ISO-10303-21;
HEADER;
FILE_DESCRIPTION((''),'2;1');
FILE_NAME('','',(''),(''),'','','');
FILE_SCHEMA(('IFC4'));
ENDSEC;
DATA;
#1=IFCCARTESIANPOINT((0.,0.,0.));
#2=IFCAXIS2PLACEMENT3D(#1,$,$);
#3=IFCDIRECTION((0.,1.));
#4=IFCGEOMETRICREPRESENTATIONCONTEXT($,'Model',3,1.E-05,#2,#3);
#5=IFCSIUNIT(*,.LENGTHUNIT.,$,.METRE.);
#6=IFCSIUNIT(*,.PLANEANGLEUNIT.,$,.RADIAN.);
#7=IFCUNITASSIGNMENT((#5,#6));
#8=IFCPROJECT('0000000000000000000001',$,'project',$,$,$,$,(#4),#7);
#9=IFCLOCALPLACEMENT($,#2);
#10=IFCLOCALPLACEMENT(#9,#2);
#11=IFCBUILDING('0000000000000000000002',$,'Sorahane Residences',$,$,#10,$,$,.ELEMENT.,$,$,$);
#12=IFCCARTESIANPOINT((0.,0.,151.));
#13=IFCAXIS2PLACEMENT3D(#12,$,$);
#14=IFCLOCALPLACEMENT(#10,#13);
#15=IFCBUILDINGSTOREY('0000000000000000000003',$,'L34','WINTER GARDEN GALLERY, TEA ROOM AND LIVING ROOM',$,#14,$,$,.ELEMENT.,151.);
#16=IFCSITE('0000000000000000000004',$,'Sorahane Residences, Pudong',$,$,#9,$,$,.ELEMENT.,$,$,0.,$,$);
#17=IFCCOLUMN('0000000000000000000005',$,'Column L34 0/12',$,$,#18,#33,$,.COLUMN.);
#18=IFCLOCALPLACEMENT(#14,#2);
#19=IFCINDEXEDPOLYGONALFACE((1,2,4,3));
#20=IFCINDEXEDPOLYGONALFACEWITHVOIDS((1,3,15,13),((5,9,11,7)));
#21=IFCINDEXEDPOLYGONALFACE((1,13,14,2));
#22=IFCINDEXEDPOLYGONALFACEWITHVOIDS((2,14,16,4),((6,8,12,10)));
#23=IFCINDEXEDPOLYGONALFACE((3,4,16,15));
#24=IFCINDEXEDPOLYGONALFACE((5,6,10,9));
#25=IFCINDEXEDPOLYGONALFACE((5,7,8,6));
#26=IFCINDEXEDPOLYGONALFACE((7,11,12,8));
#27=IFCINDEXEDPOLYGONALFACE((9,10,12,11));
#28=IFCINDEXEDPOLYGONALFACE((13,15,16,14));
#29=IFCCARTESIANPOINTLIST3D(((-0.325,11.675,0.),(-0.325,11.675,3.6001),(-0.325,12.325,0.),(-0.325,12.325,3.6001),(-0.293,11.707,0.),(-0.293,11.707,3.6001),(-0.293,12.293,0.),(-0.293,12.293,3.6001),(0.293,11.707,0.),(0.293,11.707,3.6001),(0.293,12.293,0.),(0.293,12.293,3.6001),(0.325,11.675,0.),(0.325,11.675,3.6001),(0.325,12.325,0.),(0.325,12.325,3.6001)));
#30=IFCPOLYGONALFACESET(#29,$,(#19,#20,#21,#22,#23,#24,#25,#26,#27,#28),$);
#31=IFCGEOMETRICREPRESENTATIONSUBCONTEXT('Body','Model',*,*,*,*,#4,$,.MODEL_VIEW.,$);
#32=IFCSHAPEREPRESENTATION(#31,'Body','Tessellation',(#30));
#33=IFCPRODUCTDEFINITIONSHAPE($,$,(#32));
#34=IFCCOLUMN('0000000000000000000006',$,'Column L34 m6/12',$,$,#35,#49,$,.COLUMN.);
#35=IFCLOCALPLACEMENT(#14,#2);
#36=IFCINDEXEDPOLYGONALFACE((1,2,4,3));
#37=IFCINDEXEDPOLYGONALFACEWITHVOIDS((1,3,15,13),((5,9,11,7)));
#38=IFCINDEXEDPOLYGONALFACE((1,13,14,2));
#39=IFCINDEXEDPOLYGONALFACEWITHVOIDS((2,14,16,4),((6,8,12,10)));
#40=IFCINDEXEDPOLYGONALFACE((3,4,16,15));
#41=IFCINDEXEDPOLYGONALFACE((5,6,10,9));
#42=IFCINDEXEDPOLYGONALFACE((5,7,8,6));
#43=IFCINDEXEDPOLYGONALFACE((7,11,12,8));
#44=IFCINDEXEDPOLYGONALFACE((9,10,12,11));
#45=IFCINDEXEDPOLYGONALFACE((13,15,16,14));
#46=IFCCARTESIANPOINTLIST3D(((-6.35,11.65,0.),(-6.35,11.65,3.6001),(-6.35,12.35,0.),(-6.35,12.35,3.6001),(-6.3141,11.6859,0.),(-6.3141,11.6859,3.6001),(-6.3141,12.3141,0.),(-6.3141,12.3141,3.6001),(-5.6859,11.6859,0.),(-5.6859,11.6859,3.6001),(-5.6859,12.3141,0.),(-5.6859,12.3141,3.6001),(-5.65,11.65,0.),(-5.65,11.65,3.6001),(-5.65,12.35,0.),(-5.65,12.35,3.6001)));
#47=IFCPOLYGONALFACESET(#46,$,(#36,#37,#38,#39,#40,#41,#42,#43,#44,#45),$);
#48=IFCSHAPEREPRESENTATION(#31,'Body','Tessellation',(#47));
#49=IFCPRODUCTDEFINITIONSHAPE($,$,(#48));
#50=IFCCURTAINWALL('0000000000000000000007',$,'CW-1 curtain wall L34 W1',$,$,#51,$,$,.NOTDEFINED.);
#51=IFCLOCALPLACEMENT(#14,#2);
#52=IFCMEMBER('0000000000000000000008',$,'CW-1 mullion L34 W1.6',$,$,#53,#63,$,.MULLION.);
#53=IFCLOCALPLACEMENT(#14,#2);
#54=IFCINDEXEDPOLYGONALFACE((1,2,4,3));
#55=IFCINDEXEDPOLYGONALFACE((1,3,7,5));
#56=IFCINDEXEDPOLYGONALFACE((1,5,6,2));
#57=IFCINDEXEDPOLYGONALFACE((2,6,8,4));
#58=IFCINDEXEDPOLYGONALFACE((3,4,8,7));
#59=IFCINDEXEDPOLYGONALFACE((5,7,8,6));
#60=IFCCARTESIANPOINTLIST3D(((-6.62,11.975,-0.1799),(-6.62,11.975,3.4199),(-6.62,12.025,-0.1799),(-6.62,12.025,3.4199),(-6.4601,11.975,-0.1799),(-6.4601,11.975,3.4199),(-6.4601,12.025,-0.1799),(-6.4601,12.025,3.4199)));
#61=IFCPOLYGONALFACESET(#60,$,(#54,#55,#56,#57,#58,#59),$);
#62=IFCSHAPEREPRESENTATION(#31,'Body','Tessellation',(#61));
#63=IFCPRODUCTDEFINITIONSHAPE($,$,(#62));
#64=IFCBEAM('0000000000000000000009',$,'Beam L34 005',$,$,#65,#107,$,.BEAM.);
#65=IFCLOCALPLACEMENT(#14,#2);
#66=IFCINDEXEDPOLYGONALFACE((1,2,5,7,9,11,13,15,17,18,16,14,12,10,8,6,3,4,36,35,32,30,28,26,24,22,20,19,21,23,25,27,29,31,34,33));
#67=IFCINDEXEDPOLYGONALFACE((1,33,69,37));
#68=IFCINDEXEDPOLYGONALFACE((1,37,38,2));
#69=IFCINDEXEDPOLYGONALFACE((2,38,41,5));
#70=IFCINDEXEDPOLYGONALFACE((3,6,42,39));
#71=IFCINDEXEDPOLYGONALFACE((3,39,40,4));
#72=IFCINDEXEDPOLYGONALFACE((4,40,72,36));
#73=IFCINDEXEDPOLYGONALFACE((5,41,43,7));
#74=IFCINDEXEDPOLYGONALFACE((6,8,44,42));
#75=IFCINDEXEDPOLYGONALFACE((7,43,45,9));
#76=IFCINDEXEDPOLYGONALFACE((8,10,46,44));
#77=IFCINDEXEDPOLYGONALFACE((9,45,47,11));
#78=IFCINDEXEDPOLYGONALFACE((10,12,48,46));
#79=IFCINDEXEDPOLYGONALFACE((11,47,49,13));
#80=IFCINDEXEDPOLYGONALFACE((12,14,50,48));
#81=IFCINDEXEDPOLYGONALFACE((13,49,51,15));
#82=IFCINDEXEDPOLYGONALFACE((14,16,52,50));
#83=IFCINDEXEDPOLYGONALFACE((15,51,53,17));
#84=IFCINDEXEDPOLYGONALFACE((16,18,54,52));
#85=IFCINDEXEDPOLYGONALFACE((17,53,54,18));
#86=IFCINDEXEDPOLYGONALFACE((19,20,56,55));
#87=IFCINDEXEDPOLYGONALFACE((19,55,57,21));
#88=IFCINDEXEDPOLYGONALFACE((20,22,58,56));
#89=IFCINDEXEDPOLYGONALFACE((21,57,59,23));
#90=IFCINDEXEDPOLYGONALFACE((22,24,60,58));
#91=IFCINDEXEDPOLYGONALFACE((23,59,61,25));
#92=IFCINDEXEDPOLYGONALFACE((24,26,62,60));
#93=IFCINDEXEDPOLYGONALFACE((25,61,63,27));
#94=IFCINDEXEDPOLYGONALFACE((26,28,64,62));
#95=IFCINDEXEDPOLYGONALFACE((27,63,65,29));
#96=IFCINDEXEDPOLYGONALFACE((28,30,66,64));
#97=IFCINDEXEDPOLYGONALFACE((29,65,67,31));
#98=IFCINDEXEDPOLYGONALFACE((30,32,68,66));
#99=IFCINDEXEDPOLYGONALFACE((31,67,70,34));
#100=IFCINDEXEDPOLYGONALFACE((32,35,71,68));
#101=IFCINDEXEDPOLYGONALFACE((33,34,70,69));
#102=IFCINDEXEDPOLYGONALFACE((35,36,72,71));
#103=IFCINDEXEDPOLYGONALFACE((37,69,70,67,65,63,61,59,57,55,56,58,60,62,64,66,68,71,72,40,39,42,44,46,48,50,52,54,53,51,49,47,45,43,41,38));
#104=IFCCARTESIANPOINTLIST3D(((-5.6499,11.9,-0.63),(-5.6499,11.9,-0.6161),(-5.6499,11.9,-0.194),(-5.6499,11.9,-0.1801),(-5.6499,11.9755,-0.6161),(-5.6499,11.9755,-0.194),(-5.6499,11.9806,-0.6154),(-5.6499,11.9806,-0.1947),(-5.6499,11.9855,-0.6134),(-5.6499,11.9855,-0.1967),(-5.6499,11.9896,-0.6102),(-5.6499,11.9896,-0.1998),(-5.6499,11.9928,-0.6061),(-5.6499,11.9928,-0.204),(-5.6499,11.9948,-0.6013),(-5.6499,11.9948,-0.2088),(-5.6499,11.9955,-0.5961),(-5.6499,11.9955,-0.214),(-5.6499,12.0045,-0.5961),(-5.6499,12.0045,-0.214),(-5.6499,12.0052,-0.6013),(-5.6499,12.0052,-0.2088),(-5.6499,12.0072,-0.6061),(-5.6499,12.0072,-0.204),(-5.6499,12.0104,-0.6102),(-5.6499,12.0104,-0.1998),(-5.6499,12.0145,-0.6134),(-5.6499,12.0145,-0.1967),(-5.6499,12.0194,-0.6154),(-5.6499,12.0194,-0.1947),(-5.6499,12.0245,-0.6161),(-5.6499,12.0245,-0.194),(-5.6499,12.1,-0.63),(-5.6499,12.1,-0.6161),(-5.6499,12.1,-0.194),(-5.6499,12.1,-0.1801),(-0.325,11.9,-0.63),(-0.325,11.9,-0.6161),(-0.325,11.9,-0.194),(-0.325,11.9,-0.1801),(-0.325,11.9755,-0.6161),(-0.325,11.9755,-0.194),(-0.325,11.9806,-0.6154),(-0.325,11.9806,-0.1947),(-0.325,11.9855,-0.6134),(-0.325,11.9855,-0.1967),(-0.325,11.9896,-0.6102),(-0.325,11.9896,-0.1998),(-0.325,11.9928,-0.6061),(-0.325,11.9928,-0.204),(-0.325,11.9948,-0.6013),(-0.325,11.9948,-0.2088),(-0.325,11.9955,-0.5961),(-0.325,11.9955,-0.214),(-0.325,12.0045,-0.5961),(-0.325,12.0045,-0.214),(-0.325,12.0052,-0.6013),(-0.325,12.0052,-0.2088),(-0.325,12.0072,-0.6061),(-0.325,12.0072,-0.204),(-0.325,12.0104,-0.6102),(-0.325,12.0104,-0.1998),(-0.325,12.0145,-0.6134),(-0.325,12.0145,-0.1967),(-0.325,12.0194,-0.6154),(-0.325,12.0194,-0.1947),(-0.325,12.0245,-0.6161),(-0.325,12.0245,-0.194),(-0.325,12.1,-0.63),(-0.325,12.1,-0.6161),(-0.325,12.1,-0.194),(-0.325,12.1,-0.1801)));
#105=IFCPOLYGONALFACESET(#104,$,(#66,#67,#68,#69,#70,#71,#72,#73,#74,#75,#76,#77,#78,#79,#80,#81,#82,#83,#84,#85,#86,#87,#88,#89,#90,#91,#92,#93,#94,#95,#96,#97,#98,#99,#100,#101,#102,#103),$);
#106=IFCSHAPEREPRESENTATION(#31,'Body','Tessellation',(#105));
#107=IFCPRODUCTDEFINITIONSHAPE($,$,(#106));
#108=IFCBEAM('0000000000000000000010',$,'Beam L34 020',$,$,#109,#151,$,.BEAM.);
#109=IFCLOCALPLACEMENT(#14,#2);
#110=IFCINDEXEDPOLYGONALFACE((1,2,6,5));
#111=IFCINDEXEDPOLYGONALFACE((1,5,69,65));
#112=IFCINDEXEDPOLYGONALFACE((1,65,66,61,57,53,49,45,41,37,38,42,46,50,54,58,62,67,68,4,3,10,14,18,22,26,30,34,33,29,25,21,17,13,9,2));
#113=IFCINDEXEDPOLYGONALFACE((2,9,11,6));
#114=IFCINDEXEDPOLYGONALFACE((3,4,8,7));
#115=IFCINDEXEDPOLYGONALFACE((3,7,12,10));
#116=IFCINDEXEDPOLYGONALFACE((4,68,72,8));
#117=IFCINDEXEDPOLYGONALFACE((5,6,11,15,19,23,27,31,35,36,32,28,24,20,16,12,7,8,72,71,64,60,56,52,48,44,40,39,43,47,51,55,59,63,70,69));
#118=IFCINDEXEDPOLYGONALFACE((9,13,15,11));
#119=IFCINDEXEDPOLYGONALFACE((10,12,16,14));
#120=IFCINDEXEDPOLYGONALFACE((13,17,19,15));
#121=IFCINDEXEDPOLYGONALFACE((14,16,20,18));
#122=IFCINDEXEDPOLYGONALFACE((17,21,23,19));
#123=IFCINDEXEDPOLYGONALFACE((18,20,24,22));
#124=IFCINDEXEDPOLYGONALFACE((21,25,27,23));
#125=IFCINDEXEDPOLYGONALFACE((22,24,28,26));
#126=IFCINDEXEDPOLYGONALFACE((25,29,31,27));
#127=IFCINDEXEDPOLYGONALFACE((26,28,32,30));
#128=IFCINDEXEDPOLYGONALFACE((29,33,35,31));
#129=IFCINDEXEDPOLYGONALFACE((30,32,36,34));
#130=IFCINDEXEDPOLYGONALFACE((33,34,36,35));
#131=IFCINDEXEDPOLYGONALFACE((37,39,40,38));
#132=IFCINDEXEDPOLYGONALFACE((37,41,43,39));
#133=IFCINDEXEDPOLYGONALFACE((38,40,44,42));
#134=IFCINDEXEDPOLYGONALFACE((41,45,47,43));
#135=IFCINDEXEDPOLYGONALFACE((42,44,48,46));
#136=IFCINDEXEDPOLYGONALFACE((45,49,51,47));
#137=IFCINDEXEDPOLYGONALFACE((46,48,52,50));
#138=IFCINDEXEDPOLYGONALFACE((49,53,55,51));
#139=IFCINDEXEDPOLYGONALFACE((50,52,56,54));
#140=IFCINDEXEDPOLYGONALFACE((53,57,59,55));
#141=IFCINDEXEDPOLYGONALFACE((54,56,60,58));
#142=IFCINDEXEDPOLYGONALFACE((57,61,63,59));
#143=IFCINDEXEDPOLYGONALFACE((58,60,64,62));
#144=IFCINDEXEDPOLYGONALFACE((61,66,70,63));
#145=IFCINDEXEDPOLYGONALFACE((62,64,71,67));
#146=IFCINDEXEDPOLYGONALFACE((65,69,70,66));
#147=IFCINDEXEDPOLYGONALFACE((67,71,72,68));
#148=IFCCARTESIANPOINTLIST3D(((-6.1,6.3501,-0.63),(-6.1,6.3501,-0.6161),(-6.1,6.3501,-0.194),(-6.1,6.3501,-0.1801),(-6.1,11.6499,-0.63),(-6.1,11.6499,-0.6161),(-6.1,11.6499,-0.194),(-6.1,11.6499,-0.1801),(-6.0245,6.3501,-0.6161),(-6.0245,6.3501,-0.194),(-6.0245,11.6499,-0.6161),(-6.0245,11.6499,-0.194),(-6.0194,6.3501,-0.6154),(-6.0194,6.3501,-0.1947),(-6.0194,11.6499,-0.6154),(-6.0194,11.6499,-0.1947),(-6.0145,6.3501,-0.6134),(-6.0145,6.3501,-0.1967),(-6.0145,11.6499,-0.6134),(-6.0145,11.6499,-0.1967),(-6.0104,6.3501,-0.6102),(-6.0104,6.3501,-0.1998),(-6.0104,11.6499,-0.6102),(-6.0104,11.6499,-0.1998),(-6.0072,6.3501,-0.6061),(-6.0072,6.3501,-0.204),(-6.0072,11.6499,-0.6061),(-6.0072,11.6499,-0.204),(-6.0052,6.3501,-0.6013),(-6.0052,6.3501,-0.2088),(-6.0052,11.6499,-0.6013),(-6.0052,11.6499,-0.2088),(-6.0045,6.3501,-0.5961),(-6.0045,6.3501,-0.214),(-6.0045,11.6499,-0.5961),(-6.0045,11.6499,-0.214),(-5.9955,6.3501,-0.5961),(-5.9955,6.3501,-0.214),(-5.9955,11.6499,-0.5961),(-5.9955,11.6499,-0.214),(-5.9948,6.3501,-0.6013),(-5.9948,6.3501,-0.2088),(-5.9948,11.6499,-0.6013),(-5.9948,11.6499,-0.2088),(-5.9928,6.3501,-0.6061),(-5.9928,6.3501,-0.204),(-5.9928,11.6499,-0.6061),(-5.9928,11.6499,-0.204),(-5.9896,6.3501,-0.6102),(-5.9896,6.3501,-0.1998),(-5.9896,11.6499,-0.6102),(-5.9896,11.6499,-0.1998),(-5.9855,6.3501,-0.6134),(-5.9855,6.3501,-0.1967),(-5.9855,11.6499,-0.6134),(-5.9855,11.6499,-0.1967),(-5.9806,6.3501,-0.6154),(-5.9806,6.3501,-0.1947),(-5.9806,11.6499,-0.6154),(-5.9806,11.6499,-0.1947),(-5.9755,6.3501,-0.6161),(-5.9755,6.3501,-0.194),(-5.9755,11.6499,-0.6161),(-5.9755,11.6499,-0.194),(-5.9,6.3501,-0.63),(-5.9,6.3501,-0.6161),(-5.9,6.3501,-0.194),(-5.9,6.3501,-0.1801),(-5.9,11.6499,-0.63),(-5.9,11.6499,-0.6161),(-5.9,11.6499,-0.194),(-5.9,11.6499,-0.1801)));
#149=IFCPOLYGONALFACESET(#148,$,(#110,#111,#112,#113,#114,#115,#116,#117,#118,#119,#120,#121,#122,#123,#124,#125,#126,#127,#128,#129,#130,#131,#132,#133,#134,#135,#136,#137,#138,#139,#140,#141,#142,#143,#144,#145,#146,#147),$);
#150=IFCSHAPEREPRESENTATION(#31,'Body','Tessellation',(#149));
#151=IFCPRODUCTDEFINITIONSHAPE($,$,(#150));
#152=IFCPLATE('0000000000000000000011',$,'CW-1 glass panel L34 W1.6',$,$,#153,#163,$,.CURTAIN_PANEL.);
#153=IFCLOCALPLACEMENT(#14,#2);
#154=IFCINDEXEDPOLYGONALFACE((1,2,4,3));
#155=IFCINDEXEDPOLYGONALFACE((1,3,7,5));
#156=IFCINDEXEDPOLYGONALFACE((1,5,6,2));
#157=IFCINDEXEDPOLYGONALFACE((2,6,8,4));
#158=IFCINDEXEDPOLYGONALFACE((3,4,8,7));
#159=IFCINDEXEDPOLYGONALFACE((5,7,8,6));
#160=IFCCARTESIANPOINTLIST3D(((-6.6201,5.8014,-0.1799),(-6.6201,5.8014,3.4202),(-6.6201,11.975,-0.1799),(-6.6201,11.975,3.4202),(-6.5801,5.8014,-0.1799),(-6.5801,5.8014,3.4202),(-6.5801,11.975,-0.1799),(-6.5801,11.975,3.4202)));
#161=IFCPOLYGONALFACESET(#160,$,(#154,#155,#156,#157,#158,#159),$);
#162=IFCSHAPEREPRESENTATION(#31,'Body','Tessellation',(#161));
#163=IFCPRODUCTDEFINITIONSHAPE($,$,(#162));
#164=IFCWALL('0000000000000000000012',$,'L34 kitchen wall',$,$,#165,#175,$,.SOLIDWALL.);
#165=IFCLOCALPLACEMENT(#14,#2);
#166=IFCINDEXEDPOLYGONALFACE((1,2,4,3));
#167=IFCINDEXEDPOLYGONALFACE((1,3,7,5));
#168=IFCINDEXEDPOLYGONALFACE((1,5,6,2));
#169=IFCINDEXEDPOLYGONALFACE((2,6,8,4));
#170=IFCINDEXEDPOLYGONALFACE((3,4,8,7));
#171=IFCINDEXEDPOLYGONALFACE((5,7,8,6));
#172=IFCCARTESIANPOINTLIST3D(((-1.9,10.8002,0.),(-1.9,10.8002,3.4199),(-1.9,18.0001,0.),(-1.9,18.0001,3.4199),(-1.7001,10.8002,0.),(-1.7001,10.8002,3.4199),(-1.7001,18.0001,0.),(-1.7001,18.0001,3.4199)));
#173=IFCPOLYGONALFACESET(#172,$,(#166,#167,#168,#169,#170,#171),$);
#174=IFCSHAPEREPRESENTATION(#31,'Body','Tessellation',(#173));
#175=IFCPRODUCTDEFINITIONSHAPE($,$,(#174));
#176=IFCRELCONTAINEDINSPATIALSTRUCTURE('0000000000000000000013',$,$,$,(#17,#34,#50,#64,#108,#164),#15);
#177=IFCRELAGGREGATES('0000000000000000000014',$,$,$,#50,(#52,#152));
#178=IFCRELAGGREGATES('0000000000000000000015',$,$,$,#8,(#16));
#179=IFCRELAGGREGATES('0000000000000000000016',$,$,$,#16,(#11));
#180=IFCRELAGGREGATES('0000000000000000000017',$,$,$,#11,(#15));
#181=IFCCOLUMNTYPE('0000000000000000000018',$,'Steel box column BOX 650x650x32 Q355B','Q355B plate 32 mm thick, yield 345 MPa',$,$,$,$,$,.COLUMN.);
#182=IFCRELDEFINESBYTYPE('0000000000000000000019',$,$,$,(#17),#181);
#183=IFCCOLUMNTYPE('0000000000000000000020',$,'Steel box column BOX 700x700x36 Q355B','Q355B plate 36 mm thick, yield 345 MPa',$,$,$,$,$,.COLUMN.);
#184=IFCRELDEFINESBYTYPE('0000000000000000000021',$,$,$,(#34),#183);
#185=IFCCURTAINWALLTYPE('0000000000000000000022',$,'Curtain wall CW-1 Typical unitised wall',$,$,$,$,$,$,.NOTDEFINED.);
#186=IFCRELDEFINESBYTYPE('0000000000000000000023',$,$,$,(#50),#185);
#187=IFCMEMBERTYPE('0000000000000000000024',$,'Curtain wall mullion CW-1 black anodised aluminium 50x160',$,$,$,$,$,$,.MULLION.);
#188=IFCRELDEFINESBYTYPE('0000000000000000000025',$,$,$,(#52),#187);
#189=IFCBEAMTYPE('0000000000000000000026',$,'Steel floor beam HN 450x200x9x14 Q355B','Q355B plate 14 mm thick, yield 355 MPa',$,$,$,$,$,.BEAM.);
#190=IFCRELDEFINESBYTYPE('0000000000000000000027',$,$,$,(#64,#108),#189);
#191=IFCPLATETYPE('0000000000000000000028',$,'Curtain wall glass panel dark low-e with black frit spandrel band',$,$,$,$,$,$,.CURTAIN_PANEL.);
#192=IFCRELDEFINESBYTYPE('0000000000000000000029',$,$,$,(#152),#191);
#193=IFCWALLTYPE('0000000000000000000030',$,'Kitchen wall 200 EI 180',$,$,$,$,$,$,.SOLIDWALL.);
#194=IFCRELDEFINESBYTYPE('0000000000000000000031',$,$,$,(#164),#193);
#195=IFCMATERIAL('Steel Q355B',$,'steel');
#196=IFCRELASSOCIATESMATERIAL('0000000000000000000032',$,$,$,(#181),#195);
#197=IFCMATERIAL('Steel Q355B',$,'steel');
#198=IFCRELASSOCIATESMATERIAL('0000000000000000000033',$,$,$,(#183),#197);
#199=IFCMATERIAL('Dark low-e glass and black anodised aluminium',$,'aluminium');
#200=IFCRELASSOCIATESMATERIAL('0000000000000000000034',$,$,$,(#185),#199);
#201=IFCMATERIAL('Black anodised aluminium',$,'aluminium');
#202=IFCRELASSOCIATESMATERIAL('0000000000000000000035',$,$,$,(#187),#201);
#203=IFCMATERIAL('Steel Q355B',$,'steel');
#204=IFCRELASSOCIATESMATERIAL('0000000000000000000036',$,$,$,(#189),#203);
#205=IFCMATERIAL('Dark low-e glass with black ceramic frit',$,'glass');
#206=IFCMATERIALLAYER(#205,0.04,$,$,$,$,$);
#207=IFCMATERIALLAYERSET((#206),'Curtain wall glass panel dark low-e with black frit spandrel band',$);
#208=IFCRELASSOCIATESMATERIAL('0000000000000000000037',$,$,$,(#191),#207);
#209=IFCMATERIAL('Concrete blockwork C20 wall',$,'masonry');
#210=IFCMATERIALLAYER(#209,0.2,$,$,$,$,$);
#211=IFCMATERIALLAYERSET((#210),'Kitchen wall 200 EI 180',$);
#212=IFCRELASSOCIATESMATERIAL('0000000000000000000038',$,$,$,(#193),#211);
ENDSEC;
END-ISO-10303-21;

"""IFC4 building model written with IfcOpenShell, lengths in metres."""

from ifc_helpers import new_model, si_unit, direction, frame, frame_2d, origin, origin_2d, place, context, subcontext, project, spatial, rectangle, hollow_rectangle, i_section, extrude, material, layer, layer_set, material_profile, profile_set, type_object, element, aggregate, save


model = new_model("IFC4")

# Units and contexts
model_context = context("Model", 3, precision=1e-05, world=origin(), true_north=direction((0.0, 1.0)))
body_context = subcontext(model_context, "Body", "Model", "MODEL_VIEW")
ifc_project = project(units=[si_unit("LENGTHUNIT", "METRE"), si_unit("PLANEANGLEUNIT", "RADIAN")], contexts=[model_context])

# Site, building, storey
site_placement = place(None, origin())
site = spatial("IfcSite", under=ifc_project, at=site_placement, Name="Sorahane Residences, Pudong", CompositionType="ELEMENT", RefElevation=0.0)
building_placement = place(site_placement, origin())
building = spatial("IfcBuilding", under=site, at=building_placement, Name="Sorahane Residences", CompositionType="ELEMENT")
storey_placement = place(building_placement, frame((0.0, 0.0, 151.0)))
storey = spatial("IfcBuildingStorey", under=building, at=storey_placement, Name="L34", Description="WINTER GARDEN GALLERY, TEA ROOM AND LIVING ROOM", CompositionType="ELEMENT", Elevation=151.0)

# Columns
ifc_material_1 = material(Name="Steel Q355B", Category="steel")
ifc_material_profile_1 = material_profile(ifc_material_1, hollow_rectangle(XDim=0.6499, YDim=0.6499, WallThickness=0.032, at=origin_2d()), Name="BOX 650x650x32")
ifc_profile_set_1 = profile_set([ifc_material_profile_1], Name="Steel Q355B")
column_type_1 = type_object("IfcColumnType", Name="Steel box column BOX 650x650x32 Q355B", Description="Q355B plate 32 mm thick, yield 345 MPa", PredefinedType="COLUMN", material=ifc_profile_set_1)
column_1_placement = place(storey_placement, frame((0.0, 12.0, 0.0), z_axis=(0.0, 0.0, 1.0), x_axis=(1.0, 0.0, 0.0)))
element("IfcColumn", 1, at=column_1_placement, inside=storey, type_object=column_type_1, Name="Column L34 0/12", PredefinedType="COLUMN", context=body_context, shape_type="SweptSolid", body=[
    extrude(hollow_rectangle(XDim=0.6499, YDim=0.6499, WallThickness=0.032, at=origin_2d()), origin(), (0.0, 0.0, 1.0), 3.6001),
])
ifc_material_2 = material(Name="Steel Q355B", Category="steel")
ifc_material_profile_2 = material_profile(ifc_material_2, hollow_rectangle(XDim=0.7, YDim=0.7, WallThickness=0.0359, at=origin_2d()), Name="BOX 700x700x36")
ifc_profile_set_2 = profile_set([ifc_material_profile_2], Name="Steel Q355B")
column_type_2 = type_object("IfcColumnType", Name="Steel box column BOX 700x700x36 Q355B", Description="Q355B plate 36 mm thick, yield 345 MPa", PredefinedType="COLUMN", material=ifc_profile_set_2)
column_2_placement = place(storey_placement, frame((-6.0, 12.0, 0.0), z_axis=(0.0, 0.0, 1.0), x_axis=(1.0, 0.0, 0.0)))
element("IfcColumn", 2, at=column_2_placement, inside=storey, type_object=column_type_2, Name="Column L34 m6/12", PredefinedType="COLUMN", context=body_context, shape_type="SweptSolid", body=[
    extrude(hollow_rectangle(XDim=0.7, YDim=0.7, WallThickness=0.0359, at=origin_2d()), origin(), (0.0, 0.0, 1.0), 3.6001),
])

# Curtain wall, member
ifc_material_3 = material(Name="Dark low-e glass and black anodised aluminium", Category="aluminium")
curtain_wall_type = type_object("IfcCurtainWallType", Name="Curtain wall CW-1 Typical unitised wall", PredefinedType="NOTDEFINED", material=ifc_material_3)
curtain_wall_placement = place(storey_placement, origin())
curtain_wall = element("IfcCurtainWall", 3, at=curtain_wall_placement, inside=storey, type_object=curtain_wall_type, Name="CW-1 curtain wall L34 W1", PredefinedType="NOTDEFINED")
ifc_material_4 = material(Name="Black anodised aluminium", Category="aluminium")
ifc_material_profile_3 = material_profile(ifc_material_4, rectangle(XDim=0.1599, YDim=0.05, at=origin_2d()), Name="Curtain wall mullion CW-1 black anodised aluminium 50x160")
ifc_profile_set_3 = profile_set([ifc_material_profile_3], Name="Black anodised aluminium")
member_type = type_object("IfcMemberType", Name="Curtain wall mullion CW-1 black anodised aluminium 50x160", PredefinedType="MULLION", material=ifc_profile_set_3)
member_placement = place(storey_placement, frame((-6.54, 12.0, -0.1799), z_axis=(0.0, 0.0, 1.0), x_axis=(-1.0, 0.0, 0.0)))
member = element("IfcMember", 4, at=member_placement, type_object=member_type, Name="CW-1 mullion L34 W1.6", PredefinedType="MULLION", context=body_context, shape_type="SweptSolid", body=[
    extrude(rectangle(XDim=0.1599, YDim=0.05, at=origin_2d()), origin(), (0.0, 0.0, 1.0), 3.5999),
])

# Beams
ifc_material_5 = material(Name="Steel Q355B", Category="steel")
ifc_material_profile_4 = material_profile(ifc_material_5, i_section(OverallWidth=0.2, OverallDepth=0.45, WebThickness=0.009, FlangeThickness=0.0139, FilletRadius=0.02, at=origin_2d()), Name="HN 450x200x9x14")
ifc_profile_set_4 = profile_set([ifc_material_profile_4], Name="Steel Q355B")
beam_type = type_object("IfcBeamType", Name="Steel floor beam HN 450x200x9x14 Q355B", Description="Q355B plate 14 mm thick, yield 355 MPa", PredefinedType="BEAM", material=ifc_profile_set_4)
beam_1_placement = place(storey_placement, frame((-5.6499, 12.0, -0.405), z_axis=(1.0, 0.0, 0.0), x_axis=(0.0, 1.0, 0.0)))
element("IfcBeam", 5, at=beam_1_placement, inside=storey, type_object=beam_type, Name="Beam L34 005", PredefinedType="BEAM", context=body_context, shape_type="SweptSolid", body=[
    extrude(i_section(OverallWidth=0.2, OverallDepth=0.45, WebThickness=0.009, FlangeThickness=0.0139, FilletRadius=0.02, at=origin_2d()), origin(), (0.0, 0.0, 1.0), 5.325),
])
beam_2_placement = place(storey_placement, frame((-6.0, 6.3501, -0.405), z_axis=(0.0, 1.0, 0.0), x_axis=(-1.0, 0.0, 0.0)))
element("IfcBeam", 6, at=beam_2_placement, inside=storey, type_object=beam_type, Name="Beam L34 020", PredefinedType="BEAM", context=body_context, shape_type="SweptSolid", body=[
    extrude(i_section(OverallWidth=0.2, OverallDepth=0.45, WebThickness=0.009, FlangeThickness=0.0139, FilletRadius=0.02, at=origin_2d()), origin(), (0.0, 0.0, 1.0), 5.2998),
])

# Plate
ifc_material_6 = material(Name="Dark low-e glass with black ceramic frit", Category="glass")
ifc_layer_1 = layer(ifc_material_6, 0.04)
ifc_layer_set_1 = layer_set([ifc_layer_1], Name="Curtain wall glass panel dark low-e with black frit spandrel band")
plate_type = type_object("IfcPlateType", Name="Curtain wall glass panel dark low-e with black frit spandrel band", PredefinedType="CURTAIN_PANEL", material=ifc_layer_set_1)
plate_placement = place(storey_placement, frame((-6.6001, 8.8882, -0.1799), z_axis=(0.0, 0.0, 1.0), x_axis=(0.0, -1.0, 0.0)))
plate = element("IfcPlate", 7, at=plate_placement, type_object=plate_type, Name="CW-1 glass panel L34 W1.6", PredefinedType="CURTAIN_PANEL", context=body_context, shape_type="SweptSolid", body=[
    extrude(rectangle(XDim=6.1736, YDim=0.04, at=origin_2d()), origin(), (0.0, 0.0, 1.0), 3.6001),
])
aggregate(curtain_wall, [member, plate])

# Wall
ifc_material_7 = material(Name="Concrete blockwork C20 wall", Category="masonry")
ifc_layer_2 = layer(ifc_material_7, 0.2)
ifc_layer_set_2 = layer_set([ifc_layer_2], Name="Kitchen wall 200 EI 180")
wall_type_1 = type_object("IfcWallType", Name="Kitchen wall 200 EI 180", PredefinedType="SOLIDWALL", material=ifc_layer_set_2)
wall_1_placement = place(storey_placement, frame((-1.8, 10.8, 0.0), z_axis=(0.0, 0.0, 1.0), x_axis=(0.0, 1.0, 0.0)))
element("IfcWall", 8, at=wall_1_placement, inside=storey, type_object=wall_type_1, Name="L34 kitchen wall", PredefinedType="SOLIDWALL", context=body_context, shape_type="SweptSolid", body=[
    extrude(rectangle(XDim=7.2, YDim=0.2, at=frame_2d((3.6001, 0.0))), origin(), (0.0, 0.0, 1.0), 3.4199),
])

save(model, "model.ifc")
